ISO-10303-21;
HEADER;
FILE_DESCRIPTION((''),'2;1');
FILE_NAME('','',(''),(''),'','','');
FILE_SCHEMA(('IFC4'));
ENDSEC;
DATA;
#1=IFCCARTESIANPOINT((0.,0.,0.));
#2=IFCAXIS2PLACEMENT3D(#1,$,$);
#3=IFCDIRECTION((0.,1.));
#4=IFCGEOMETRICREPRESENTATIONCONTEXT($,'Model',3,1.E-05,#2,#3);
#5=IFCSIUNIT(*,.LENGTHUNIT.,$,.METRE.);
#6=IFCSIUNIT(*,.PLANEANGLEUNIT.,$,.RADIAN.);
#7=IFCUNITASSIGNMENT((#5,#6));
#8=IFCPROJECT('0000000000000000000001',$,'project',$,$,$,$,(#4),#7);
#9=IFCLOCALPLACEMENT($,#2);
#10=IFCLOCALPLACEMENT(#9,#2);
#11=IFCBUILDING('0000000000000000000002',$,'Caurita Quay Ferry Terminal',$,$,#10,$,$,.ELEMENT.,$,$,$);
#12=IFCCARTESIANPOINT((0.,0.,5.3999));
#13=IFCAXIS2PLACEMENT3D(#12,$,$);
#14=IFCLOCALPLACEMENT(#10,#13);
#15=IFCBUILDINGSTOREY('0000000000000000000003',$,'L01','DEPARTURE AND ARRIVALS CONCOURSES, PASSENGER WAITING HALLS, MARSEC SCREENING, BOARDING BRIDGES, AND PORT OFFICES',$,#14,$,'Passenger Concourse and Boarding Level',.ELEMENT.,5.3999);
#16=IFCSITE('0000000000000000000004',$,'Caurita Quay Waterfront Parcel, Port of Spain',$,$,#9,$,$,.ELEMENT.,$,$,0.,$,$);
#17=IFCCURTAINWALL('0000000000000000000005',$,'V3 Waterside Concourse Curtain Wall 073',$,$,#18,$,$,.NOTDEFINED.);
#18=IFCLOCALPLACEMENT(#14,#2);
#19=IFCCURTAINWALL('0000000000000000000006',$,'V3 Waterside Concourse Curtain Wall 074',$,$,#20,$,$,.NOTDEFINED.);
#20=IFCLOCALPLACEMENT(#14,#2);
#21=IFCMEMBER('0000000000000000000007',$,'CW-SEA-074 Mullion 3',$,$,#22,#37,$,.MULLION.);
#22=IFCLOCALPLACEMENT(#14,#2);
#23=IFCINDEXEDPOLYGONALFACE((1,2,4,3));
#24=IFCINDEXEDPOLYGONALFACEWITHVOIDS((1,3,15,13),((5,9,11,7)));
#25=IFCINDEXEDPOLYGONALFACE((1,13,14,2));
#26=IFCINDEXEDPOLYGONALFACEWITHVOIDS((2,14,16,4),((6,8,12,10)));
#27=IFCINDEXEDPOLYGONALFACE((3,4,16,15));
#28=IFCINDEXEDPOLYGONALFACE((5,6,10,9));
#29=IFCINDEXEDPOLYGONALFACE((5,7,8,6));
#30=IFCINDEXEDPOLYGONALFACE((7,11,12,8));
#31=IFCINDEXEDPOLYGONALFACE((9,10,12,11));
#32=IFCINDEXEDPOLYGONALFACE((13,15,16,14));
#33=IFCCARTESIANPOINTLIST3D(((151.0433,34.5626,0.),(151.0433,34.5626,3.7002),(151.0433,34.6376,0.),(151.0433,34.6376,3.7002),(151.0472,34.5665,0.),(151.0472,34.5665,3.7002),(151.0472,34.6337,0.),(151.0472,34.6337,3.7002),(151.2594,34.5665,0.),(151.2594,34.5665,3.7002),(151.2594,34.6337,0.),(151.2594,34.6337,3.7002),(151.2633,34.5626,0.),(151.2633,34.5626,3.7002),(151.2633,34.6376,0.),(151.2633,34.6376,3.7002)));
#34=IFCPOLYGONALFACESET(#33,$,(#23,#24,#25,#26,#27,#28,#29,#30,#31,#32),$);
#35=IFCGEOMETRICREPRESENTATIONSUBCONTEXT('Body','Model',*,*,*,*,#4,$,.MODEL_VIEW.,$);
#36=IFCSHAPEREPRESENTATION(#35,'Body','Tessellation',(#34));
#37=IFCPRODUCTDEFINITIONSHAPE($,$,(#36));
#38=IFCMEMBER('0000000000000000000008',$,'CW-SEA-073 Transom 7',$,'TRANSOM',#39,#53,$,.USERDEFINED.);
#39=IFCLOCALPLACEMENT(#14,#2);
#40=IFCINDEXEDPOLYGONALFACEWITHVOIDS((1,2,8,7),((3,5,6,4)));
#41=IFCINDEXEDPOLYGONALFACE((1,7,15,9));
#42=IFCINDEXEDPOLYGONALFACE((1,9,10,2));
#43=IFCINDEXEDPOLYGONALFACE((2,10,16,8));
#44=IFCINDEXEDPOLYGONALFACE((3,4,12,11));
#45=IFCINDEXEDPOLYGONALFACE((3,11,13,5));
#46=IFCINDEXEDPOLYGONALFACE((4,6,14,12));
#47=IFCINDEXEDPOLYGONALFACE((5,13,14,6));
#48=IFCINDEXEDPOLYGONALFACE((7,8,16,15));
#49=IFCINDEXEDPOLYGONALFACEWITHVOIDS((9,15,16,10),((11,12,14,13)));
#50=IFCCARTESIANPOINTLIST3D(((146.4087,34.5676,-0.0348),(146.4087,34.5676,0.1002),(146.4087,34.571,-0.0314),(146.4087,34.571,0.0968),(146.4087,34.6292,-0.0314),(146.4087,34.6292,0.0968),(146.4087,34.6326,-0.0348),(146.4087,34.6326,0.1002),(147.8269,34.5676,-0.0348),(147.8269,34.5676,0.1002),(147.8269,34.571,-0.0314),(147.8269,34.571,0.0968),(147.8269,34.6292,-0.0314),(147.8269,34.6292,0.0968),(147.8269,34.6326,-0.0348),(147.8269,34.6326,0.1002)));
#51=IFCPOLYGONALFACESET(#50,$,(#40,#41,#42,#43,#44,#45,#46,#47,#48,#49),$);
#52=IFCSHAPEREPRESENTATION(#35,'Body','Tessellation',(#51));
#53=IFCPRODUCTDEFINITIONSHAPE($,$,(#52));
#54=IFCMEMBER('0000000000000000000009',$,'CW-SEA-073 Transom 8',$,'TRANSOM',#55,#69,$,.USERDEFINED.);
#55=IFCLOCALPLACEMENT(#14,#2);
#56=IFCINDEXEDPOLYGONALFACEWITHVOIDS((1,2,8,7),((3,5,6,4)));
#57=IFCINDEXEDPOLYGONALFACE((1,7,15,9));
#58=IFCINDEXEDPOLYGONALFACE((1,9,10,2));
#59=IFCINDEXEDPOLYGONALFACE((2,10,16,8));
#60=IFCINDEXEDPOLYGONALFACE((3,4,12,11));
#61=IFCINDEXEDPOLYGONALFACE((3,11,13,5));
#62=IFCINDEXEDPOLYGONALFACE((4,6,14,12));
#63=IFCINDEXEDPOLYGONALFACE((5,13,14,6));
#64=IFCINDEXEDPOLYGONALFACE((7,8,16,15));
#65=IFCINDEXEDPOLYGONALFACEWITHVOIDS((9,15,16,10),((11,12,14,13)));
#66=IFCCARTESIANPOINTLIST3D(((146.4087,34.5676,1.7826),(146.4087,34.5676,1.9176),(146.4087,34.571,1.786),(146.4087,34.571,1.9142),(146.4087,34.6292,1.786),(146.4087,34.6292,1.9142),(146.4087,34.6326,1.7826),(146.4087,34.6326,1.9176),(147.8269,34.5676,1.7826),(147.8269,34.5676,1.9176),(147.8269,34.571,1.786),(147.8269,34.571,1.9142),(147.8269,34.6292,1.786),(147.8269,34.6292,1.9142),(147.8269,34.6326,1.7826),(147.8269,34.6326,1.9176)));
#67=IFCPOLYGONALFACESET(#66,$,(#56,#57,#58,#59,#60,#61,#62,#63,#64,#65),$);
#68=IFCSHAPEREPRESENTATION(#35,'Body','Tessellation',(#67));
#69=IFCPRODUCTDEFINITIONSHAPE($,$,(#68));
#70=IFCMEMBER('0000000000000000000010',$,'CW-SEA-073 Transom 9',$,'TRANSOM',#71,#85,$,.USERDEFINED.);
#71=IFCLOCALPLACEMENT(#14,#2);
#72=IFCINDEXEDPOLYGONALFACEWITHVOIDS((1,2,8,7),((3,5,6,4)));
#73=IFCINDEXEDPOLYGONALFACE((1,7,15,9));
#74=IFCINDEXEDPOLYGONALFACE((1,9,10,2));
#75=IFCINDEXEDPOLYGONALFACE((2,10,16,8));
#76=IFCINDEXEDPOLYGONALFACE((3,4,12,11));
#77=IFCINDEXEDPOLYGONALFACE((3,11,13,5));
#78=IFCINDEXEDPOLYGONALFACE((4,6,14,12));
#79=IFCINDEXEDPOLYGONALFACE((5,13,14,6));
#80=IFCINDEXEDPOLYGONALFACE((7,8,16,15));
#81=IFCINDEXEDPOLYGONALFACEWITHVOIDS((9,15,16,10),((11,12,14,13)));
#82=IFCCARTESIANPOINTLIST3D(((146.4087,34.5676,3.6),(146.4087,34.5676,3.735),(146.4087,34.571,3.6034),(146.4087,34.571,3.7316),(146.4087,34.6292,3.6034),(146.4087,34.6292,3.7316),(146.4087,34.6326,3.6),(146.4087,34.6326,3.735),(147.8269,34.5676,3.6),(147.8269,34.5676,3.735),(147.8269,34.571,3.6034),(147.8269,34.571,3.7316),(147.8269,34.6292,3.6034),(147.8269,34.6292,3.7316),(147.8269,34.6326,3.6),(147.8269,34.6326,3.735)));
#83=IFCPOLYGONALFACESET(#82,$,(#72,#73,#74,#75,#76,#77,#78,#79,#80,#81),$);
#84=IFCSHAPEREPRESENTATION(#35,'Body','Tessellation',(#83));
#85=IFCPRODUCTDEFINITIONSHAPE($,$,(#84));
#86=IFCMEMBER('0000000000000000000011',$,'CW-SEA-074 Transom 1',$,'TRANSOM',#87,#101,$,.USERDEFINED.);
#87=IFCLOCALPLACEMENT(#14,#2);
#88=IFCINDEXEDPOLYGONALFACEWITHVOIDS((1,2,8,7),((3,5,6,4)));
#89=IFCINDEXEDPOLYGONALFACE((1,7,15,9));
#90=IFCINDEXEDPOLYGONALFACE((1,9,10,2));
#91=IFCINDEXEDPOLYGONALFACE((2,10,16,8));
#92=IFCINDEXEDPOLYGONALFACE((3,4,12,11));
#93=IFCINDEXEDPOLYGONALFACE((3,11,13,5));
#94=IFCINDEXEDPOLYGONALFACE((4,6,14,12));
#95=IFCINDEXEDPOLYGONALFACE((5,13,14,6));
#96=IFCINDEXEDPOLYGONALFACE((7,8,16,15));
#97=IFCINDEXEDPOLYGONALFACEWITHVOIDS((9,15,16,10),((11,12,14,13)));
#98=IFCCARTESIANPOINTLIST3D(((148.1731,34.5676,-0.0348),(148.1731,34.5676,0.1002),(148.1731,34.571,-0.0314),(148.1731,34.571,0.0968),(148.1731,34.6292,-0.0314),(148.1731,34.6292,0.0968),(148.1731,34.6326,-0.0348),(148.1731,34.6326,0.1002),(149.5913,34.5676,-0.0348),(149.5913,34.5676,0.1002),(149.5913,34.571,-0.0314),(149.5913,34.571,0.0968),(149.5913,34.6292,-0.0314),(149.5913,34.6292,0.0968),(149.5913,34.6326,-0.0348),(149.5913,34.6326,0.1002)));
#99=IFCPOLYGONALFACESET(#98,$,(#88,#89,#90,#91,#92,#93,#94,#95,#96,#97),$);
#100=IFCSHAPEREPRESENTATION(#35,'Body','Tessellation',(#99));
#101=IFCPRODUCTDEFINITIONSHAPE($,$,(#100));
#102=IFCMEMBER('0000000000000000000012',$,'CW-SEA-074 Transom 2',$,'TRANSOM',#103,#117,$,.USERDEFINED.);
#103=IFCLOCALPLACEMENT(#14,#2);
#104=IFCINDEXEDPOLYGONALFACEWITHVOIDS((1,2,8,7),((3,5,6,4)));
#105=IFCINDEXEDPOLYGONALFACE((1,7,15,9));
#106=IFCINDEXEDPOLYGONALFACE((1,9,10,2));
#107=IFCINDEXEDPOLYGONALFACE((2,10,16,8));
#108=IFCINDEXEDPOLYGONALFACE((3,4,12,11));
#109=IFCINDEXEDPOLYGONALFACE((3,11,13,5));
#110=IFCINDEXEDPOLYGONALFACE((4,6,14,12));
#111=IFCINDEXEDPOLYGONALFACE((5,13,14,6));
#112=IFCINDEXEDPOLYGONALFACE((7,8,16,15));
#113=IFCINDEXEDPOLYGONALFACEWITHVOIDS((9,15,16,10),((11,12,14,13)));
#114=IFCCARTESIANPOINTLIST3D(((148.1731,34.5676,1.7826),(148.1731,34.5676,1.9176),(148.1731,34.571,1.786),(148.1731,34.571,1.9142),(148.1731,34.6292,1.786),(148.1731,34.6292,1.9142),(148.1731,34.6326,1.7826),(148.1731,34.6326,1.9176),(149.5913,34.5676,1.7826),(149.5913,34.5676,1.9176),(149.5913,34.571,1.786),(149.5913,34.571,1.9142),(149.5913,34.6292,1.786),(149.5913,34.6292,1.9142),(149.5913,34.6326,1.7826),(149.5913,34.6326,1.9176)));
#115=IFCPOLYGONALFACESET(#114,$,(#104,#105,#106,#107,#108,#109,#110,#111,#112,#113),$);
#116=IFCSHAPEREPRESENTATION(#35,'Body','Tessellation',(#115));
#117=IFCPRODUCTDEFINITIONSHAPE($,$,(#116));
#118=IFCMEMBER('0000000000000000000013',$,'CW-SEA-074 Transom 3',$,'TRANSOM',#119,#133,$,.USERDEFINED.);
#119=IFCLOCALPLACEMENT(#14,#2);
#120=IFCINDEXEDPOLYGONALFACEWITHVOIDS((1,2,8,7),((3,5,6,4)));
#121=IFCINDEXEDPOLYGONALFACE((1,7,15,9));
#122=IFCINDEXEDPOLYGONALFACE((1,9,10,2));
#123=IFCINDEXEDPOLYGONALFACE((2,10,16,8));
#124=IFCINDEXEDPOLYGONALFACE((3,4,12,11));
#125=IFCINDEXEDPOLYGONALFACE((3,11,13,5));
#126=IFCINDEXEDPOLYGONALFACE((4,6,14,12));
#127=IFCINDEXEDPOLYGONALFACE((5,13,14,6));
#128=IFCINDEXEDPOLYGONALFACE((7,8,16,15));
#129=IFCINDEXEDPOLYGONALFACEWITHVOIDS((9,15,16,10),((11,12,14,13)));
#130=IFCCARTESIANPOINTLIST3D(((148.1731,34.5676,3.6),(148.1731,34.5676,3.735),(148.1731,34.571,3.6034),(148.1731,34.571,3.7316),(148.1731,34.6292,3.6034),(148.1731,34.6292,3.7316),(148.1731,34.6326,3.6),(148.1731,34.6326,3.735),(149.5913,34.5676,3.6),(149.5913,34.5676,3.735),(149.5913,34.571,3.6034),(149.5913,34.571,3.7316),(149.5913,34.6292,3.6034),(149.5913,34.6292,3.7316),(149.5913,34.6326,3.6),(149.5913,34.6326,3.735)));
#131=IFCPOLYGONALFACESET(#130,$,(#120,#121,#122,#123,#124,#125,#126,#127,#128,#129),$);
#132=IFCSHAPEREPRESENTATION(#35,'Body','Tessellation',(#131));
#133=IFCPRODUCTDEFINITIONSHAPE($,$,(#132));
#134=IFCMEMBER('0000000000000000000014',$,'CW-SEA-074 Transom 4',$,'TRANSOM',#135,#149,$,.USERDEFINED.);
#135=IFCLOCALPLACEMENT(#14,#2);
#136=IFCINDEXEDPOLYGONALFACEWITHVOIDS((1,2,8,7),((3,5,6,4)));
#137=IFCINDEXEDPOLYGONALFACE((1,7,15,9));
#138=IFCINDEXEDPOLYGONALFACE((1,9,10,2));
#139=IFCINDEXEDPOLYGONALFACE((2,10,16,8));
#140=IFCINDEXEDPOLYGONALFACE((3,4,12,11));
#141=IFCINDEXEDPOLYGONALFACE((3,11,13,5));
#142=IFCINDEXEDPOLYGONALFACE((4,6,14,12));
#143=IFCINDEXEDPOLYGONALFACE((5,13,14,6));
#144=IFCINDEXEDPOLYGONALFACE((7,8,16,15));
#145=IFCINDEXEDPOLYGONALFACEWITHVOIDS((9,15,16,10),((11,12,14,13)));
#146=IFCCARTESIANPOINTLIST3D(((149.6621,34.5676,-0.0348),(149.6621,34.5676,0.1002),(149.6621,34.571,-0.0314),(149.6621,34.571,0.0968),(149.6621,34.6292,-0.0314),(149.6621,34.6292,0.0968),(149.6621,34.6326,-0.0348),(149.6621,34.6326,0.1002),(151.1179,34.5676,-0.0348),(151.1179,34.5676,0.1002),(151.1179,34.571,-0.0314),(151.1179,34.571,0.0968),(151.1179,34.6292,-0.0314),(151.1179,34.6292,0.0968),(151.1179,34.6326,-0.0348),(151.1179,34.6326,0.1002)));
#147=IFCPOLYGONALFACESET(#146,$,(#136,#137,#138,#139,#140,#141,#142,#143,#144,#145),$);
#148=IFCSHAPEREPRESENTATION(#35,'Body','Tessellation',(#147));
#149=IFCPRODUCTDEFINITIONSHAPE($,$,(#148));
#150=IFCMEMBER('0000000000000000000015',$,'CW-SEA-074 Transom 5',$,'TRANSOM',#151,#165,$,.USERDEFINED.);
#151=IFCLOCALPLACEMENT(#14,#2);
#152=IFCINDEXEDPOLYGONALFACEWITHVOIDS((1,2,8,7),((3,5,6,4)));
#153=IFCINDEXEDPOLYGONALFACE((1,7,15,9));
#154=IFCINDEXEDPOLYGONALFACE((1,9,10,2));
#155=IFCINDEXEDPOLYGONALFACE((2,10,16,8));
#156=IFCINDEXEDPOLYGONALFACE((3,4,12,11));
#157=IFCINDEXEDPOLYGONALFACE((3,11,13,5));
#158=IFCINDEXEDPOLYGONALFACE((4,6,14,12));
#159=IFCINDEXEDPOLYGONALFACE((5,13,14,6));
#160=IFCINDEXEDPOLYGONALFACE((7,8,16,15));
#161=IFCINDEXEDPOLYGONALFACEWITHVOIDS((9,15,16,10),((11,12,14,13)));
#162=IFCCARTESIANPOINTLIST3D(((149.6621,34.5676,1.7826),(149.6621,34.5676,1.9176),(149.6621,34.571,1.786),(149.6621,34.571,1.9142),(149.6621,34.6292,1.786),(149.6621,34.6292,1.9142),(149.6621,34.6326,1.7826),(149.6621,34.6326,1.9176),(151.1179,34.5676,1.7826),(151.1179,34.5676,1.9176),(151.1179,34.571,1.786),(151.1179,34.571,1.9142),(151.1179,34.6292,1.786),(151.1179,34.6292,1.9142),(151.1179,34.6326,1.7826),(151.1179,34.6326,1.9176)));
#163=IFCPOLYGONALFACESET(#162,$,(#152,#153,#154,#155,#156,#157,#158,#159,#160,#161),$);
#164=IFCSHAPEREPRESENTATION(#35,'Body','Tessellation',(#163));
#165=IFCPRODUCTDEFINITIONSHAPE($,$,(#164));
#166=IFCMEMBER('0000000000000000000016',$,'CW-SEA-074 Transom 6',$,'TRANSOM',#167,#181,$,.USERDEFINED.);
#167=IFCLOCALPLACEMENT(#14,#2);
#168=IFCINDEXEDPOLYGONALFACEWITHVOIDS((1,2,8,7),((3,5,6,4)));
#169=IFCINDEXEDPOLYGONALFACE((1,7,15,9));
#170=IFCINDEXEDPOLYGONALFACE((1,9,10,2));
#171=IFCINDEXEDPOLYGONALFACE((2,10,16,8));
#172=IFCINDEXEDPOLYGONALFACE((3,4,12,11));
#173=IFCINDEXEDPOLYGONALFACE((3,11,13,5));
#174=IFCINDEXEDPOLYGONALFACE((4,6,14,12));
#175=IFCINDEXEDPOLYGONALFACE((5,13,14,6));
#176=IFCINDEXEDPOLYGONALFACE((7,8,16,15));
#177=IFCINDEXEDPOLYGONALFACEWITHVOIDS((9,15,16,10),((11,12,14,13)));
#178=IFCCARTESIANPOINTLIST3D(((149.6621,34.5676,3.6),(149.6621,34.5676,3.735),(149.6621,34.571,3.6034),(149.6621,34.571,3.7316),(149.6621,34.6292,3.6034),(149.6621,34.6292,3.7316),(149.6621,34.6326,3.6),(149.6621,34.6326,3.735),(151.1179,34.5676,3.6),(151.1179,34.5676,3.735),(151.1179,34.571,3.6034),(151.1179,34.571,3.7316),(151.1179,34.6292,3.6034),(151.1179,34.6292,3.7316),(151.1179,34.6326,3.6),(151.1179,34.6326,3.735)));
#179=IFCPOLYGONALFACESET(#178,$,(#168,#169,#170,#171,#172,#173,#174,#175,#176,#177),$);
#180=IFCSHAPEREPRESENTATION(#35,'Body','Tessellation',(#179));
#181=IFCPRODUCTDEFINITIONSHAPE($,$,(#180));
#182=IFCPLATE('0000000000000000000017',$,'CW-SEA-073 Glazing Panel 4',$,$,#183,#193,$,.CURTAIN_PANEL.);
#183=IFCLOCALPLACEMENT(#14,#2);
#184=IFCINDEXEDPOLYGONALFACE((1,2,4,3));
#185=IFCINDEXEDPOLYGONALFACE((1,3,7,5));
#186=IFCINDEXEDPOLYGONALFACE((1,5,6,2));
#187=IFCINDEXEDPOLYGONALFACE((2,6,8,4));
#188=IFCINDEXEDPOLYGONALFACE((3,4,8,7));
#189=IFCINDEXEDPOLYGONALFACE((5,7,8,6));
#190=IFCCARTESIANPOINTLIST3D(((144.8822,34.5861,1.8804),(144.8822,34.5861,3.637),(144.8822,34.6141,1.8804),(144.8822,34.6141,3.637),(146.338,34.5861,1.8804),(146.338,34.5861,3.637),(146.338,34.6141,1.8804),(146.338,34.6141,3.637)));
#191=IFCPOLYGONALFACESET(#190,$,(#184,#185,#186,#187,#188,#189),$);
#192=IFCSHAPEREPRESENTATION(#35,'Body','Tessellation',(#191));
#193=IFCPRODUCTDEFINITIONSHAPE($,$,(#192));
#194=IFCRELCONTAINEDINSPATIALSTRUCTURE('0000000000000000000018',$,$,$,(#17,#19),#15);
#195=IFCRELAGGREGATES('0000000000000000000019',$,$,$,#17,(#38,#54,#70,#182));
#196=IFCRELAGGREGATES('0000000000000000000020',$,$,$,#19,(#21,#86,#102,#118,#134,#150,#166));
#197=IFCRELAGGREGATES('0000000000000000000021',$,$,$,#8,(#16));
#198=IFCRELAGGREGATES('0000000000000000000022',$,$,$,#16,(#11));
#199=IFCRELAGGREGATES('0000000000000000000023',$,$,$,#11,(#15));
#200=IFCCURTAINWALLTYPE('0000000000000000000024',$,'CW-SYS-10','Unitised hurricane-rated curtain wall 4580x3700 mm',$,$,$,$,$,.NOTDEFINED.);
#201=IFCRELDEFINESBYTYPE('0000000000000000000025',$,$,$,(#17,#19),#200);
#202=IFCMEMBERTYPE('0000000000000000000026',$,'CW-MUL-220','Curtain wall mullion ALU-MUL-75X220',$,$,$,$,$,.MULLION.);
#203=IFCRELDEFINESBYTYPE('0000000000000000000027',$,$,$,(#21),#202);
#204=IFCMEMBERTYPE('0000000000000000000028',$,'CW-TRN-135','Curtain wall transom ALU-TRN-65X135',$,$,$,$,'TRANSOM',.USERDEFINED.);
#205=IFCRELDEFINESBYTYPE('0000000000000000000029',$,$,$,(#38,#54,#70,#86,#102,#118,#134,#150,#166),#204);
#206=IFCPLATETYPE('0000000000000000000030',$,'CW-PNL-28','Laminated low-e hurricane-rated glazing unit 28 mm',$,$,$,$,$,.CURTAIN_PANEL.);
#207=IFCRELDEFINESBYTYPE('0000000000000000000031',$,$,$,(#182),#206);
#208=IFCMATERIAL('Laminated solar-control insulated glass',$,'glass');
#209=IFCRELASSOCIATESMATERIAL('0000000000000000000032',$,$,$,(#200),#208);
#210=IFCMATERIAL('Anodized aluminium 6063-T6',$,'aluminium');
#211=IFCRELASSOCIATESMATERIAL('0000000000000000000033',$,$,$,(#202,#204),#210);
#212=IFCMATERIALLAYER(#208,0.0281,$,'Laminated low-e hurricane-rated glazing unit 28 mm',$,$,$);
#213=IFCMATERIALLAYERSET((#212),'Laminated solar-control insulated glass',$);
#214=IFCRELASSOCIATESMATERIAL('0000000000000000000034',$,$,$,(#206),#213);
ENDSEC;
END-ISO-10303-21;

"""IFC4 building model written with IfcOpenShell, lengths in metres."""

from ifc_helpers import new_model, si_unit, direction, frame, origin, origin_2d, place, context, subcontext, project, spatial, rectangle, hollow_rectangle, extrude, material, layer, layer_set, material_profile, profile_set, type_object, element, aggregate, save


model = new_model("IFC4")

# Units and contexts
model_context = context("Model", 3, precision=1e-05, world=origin(), true_north=direction((0.0, 1.0)))
body_context = subcontext(model_context, "Body", "Model", "MODEL_VIEW")
ifc_project = project(units=[si_unit("LENGTHUNIT", "METRE"), si_unit("PLANEANGLEUNIT", "RADIAN")], contexts=[model_context])

# Site, building, storey
site_placement = place(None, origin())
site = spatial("IfcSite", under=ifc_project, at=site_placement, Name="Caurita Quay Waterfront Parcel, Port of Spain", CompositionType="ELEMENT", RefElevation=0.0)
building_placement = place(site_placement, origin())
building = spatial("IfcBuilding", under=site, at=building_placement, Name="Caurita Quay Ferry Terminal", CompositionType="ELEMENT")
storey_placement = place(building_placement, frame((0.0, 0.0, 5.3999)))
storey = spatial("IfcBuildingStorey", under=building, at=storey_placement, Name="L01", Description="DEPARTURE AND ARRIVALS CONCOURSES, PASSENGER WAITING HALLS, MARSEC SCREENING, BOARDING BRIDGES, AND PORT OFFICES", LongName="Passenger Concourse and Boarding Level", CompositionType="ELEMENT", Elevation=5.3999)

# Curtain walls, member
ifc_material_1 = material(Name="Laminated solar-control insulated glass", Category="glass")
curtain_wall_type = type_object("IfcCurtainWallType", Name="CW-SYS-10", Description="Unitised hurricane-rated curtain wall 4580x3700 mm", PredefinedType="NOTDEFINED", material=ifc_material_1)
curtain_wall_1_placement = place(storey_placement, origin())
curtain_wall_1 = element("IfcCurtainWall", 1, at=curtain_wall_1_placement, inside=storey, type_object=curtain_wall_type, Name="V3 Waterside Concourse Curtain Wall 073", PredefinedType="NOTDEFINED")
ifc_material_2 = material(Name="Anodized aluminium 6063-T6", Category="aluminium")
ifc_material_profile_1 = material_profile(ifc_material_2, hollow_rectangle(XDim=0.075, YDim=0.22, WallThickness=0.0039, at=origin_2d()), Name="ALU-MUL-75X220")
ifc_profile_set_1 = profile_set([ifc_material_profile_1], Name="Anodized aluminium 6063-T6")
member_type_1 = type_object("IfcMemberType", Name="CW-MUL-220", Description="Curtain wall mullion ALU-MUL-75X220", PredefinedType="MULLION", material=ifc_profile_set_1)
curtain_wall_2_placement = place(storey_placement, origin())
curtain_wall_2 = element("IfcCurtainWall", 2, at=curtain_wall_2_placement, inside=storey, type_object=curtain_wall_type, Name="V3 Waterside Concourse Curtain Wall 074", PredefinedType="NOTDEFINED")
member_1_placement = place(storey_placement, frame((151.1533, 34.6001, 0.0), z_axis=(0.0, 0.0, 1.0), x_axis=(0.0, 1.0, 0.0)))
member_1 = element("IfcMember", 3, at=member_1_placement, type_object=member_type_1, Name="CW-SEA-074 Mullion 3", PredefinedType="MULLION", context=body_context, shape_type="SweptSolid", body=[
    extrude(hollow_rectangle(XDim=0.075, YDim=0.22, WallThickness=0.0039, at=origin_2d()), origin(), (0.0, 0.0, 1.0), 3.7002),
])

# Members
ifc_material_profile_2 = material_profile(ifc_material_2, hollow_rectangle(XDim=0.0649, YDim=0.135, WallThickness=0.0034, at=origin_2d()), Name="ALU-TRN-65X135")
ifc_profile_set_2 = profile_set([ifc_material_profile_2], Name="Anodized aluminium 6063-T6")
member_type_2 = type_object("IfcMemberType", Name="CW-TRN-135", Description="Curtain wall transom ALU-TRN-65X135", ElementType="TRANSOM", PredefinedType="USERDEFINED", material=ifc_profile_set_2)
member_2_placement = place(storey_placement, frame((146.4087, 34.6001, 0.0327), z_axis=(1.0, 0.0, 0.0), x_axis=(0.0, 1.0, 0.0)))
member_2 = element("IfcMember", 4, at=member_2_placement, type_object=member_type_2, Name="CW-SEA-073 Transom 7", ObjectType="TRANSOM", PredefinedType="USERDEFINED", context=body_context, shape_type="SweptSolid", body=[
    extrude(hollow_rectangle(XDim=0.0649, YDim=0.135, WallThickness=0.0034, at=origin_2d()), origin(), (0.0, 0.0, 1.0), 1.4182),
])
member_3_placement = place(storey_placement, frame((146.4087, 34.6001, 1.8501), z_axis=(1.0, 0.0, 0.0), x_axis=(0.0, 1.0, 0.0)))
member_3 = element("IfcMember", 5, at=member_3_placement, type_object=member_type_2, Name="CW-SEA-073 Transom 8", ObjectType="TRANSOM", PredefinedType="USERDEFINED", context=body_context, shape_type="SweptSolid", body=[
    extrude(hollow_rectangle(XDim=0.0649, YDim=0.135, WallThickness=0.0034, at=origin_2d()), origin(), (0.0, 0.0, 1.0), 1.4182),
])
member_4_placement = place(storey_placement, frame((146.4087, 34.6001, 3.6675), z_axis=(1.0, 0.0, 0.0), x_axis=(0.0, 1.0, 0.0)))
member_4 = element("IfcMember", 6, at=member_4_placement, type_object=member_type_2, Name="CW-SEA-073 Transom 9", ObjectType="TRANSOM", PredefinedType="USERDEFINED", context=body_context, shape_type="SweptSolid", body=[
    extrude(hollow_rectangle(XDim=0.0649, YDim=0.135, WallThickness=0.0034, at=origin_2d()), origin(), (0.0, 0.0, 1.0), 1.4182),
])
member_5_placement = place(storey_placement, frame((148.1731, 34.6001, 0.0327), z_axis=(1.0, 0.0, 0.0), x_axis=(0.0, 1.0, 0.0)))
member_5 = element("IfcMember", 7, at=member_5_placement, type_object=member_type_2, Name="CW-SEA-074 Transom 1", ObjectType="TRANSOM", PredefinedType="USERDEFINED", context=body_context, shape_type="SweptSolid", body=[
    extrude(hollow_rectangle(XDim=0.0649, YDim=0.135, WallThickness=0.0034, at=origin_2d()), origin(), (0.0, 0.0, 1.0), 1.4182),
])
member_6_placement = place(storey_placement, frame((148.1731, 34.6001, 1.8501), z_axis=(1.0, 0.0, 0.0), x_axis=(0.0, 1.0, 0.0)))
member_6 = element("IfcMember", 8, at=member_6_placement, type_object=member_type_2, Name="CW-SEA-074 Transom 2", ObjectType="TRANSOM", PredefinedType="USERDEFINED", context=body_context, shape_type="SweptSolid", body=[
    extrude(hollow_rectangle(XDim=0.0649, YDim=0.135, WallThickness=0.0034, at=origin_2d()), origin(), (0.0, 0.0, 1.0), 1.4182),
])
member_7_placement = place(storey_placement, frame((148.1731, 34.6001, 3.6675), z_axis=(1.0, 0.0, 0.0), x_axis=(0.0, 1.0, 0.0)))
member_7 = element("IfcMember", 9, at=member_7_placement, type_object=member_type_2, Name="CW-SEA-074 Transom 3", ObjectType="TRANSOM", PredefinedType="USERDEFINED", context=body_context, shape_type="SweptSolid", body=[
    extrude(hollow_rectangle(XDim=0.0649, YDim=0.135, WallThickness=0.0034, at=origin_2d()), origin(), (0.0, 0.0, 1.0), 1.4182),
])
member_8_placement = place(storey_placement, frame((149.6621, 34.6001, 0.0327), z_axis=(1.0, 0.0, 0.0), x_axis=(0.0, 1.0, 0.0)))
member_8 = element("IfcMember", 10, at=member_8_placement, type_object=member_type_2, Name="CW-SEA-074 Transom 4", ObjectType="TRANSOM", PredefinedType="USERDEFINED", context=body_context, shape_type="SweptSolid", body=[
    extrude(hollow_rectangle(XDim=0.0649, YDim=0.135, WallThickness=0.0034, at=origin_2d()), origin(), (0.0, 0.0, 1.0), 1.4558),
])
member_9_placement = place(storey_placement, frame((149.6621, 34.6001, 1.8501), z_axis=(1.0, 0.0, 0.0), x_axis=(0.0, 1.0, 0.0)))
member_9 = element("IfcMember", 11, at=member_9_placement, type_object=member_type_2, Name="CW-SEA-074 Transom 5", ObjectType="TRANSOM", PredefinedType="USERDEFINED", context=body_context, shape_type="SweptSolid", body=[
    extrude(hollow_rectangle(XDim=0.0649, YDim=0.135, WallThickness=0.0034, at=origin_2d()), origin(), (0.0, 0.0, 1.0), 1.4558),
])
member_10_placement = place(storey_placement, frame((149.6621, 34.6001, 3.6675), z_axis=(1.0, 0.0, 0.0), x_axis=(0.0, 1.0, 0.0)))
member_10 = element("IfcMember", 12, at=member_10_placement, type_object=member_type_2, Name="CW-SEA-074 Transom 6", ObjectType="TRANSOM", PredefinedType="USERDEFINED", context=body_context, shape_type="SweptSolid", body=[
    extrude(hollow_rectangle(XDim=0.0649, YDim=0.135, WallThickness=0.0034, at=origin_2d()), origin(), (0.0, 0.0, 1.0), 1.4558),
])

# Plate
ifc_layer_1 = layer(ifc_material_1, 0.0281, Name="Laminated low-e hurricane-rated glazing unit 28 mm")
ifc_layer_set_1 = layer_set([ifc_layer_1], Name="Laminated solar-control insulated glass")
plate_type = type_object("IfcPlateType", Name="CW-PNL-28", Description="Laminated low-e hurricane-rated glazing unit 28 mm", PredefinedType="CURTAIN_PANEL", material=ifc_layer_set_1)
plate_1_placement = place(storey_placement, frame((145.6101, 34.6001, 1.8804), z_axis=(0.0, 0.0, 1.0), x_axis=(1.0, 0.0, 0.0)))
plate_1 = element("IfcPlate", 13, at=plate_1_placement, type_object=plate_type, Name="CW-SEA-073 Glazing Panel 4", PredefinedType="CURTAIN_PANEL", context=body_context, shape_type="SweptSolid", body=[
    extrude(rectangle(XDim=1.4558, YDim=0.0281, at=origin_2d()), origin(), (0.0, 0.0, 1.0), 1.7566),
])
aggregate(curtain_wall_1, [member_2, member_3, member_4, plate_1])
aggregate(curtain_wall_2, [member_1, member_5, member_6, member_7, member_8, member_9, member_10])

save(model, "model.ifc")
